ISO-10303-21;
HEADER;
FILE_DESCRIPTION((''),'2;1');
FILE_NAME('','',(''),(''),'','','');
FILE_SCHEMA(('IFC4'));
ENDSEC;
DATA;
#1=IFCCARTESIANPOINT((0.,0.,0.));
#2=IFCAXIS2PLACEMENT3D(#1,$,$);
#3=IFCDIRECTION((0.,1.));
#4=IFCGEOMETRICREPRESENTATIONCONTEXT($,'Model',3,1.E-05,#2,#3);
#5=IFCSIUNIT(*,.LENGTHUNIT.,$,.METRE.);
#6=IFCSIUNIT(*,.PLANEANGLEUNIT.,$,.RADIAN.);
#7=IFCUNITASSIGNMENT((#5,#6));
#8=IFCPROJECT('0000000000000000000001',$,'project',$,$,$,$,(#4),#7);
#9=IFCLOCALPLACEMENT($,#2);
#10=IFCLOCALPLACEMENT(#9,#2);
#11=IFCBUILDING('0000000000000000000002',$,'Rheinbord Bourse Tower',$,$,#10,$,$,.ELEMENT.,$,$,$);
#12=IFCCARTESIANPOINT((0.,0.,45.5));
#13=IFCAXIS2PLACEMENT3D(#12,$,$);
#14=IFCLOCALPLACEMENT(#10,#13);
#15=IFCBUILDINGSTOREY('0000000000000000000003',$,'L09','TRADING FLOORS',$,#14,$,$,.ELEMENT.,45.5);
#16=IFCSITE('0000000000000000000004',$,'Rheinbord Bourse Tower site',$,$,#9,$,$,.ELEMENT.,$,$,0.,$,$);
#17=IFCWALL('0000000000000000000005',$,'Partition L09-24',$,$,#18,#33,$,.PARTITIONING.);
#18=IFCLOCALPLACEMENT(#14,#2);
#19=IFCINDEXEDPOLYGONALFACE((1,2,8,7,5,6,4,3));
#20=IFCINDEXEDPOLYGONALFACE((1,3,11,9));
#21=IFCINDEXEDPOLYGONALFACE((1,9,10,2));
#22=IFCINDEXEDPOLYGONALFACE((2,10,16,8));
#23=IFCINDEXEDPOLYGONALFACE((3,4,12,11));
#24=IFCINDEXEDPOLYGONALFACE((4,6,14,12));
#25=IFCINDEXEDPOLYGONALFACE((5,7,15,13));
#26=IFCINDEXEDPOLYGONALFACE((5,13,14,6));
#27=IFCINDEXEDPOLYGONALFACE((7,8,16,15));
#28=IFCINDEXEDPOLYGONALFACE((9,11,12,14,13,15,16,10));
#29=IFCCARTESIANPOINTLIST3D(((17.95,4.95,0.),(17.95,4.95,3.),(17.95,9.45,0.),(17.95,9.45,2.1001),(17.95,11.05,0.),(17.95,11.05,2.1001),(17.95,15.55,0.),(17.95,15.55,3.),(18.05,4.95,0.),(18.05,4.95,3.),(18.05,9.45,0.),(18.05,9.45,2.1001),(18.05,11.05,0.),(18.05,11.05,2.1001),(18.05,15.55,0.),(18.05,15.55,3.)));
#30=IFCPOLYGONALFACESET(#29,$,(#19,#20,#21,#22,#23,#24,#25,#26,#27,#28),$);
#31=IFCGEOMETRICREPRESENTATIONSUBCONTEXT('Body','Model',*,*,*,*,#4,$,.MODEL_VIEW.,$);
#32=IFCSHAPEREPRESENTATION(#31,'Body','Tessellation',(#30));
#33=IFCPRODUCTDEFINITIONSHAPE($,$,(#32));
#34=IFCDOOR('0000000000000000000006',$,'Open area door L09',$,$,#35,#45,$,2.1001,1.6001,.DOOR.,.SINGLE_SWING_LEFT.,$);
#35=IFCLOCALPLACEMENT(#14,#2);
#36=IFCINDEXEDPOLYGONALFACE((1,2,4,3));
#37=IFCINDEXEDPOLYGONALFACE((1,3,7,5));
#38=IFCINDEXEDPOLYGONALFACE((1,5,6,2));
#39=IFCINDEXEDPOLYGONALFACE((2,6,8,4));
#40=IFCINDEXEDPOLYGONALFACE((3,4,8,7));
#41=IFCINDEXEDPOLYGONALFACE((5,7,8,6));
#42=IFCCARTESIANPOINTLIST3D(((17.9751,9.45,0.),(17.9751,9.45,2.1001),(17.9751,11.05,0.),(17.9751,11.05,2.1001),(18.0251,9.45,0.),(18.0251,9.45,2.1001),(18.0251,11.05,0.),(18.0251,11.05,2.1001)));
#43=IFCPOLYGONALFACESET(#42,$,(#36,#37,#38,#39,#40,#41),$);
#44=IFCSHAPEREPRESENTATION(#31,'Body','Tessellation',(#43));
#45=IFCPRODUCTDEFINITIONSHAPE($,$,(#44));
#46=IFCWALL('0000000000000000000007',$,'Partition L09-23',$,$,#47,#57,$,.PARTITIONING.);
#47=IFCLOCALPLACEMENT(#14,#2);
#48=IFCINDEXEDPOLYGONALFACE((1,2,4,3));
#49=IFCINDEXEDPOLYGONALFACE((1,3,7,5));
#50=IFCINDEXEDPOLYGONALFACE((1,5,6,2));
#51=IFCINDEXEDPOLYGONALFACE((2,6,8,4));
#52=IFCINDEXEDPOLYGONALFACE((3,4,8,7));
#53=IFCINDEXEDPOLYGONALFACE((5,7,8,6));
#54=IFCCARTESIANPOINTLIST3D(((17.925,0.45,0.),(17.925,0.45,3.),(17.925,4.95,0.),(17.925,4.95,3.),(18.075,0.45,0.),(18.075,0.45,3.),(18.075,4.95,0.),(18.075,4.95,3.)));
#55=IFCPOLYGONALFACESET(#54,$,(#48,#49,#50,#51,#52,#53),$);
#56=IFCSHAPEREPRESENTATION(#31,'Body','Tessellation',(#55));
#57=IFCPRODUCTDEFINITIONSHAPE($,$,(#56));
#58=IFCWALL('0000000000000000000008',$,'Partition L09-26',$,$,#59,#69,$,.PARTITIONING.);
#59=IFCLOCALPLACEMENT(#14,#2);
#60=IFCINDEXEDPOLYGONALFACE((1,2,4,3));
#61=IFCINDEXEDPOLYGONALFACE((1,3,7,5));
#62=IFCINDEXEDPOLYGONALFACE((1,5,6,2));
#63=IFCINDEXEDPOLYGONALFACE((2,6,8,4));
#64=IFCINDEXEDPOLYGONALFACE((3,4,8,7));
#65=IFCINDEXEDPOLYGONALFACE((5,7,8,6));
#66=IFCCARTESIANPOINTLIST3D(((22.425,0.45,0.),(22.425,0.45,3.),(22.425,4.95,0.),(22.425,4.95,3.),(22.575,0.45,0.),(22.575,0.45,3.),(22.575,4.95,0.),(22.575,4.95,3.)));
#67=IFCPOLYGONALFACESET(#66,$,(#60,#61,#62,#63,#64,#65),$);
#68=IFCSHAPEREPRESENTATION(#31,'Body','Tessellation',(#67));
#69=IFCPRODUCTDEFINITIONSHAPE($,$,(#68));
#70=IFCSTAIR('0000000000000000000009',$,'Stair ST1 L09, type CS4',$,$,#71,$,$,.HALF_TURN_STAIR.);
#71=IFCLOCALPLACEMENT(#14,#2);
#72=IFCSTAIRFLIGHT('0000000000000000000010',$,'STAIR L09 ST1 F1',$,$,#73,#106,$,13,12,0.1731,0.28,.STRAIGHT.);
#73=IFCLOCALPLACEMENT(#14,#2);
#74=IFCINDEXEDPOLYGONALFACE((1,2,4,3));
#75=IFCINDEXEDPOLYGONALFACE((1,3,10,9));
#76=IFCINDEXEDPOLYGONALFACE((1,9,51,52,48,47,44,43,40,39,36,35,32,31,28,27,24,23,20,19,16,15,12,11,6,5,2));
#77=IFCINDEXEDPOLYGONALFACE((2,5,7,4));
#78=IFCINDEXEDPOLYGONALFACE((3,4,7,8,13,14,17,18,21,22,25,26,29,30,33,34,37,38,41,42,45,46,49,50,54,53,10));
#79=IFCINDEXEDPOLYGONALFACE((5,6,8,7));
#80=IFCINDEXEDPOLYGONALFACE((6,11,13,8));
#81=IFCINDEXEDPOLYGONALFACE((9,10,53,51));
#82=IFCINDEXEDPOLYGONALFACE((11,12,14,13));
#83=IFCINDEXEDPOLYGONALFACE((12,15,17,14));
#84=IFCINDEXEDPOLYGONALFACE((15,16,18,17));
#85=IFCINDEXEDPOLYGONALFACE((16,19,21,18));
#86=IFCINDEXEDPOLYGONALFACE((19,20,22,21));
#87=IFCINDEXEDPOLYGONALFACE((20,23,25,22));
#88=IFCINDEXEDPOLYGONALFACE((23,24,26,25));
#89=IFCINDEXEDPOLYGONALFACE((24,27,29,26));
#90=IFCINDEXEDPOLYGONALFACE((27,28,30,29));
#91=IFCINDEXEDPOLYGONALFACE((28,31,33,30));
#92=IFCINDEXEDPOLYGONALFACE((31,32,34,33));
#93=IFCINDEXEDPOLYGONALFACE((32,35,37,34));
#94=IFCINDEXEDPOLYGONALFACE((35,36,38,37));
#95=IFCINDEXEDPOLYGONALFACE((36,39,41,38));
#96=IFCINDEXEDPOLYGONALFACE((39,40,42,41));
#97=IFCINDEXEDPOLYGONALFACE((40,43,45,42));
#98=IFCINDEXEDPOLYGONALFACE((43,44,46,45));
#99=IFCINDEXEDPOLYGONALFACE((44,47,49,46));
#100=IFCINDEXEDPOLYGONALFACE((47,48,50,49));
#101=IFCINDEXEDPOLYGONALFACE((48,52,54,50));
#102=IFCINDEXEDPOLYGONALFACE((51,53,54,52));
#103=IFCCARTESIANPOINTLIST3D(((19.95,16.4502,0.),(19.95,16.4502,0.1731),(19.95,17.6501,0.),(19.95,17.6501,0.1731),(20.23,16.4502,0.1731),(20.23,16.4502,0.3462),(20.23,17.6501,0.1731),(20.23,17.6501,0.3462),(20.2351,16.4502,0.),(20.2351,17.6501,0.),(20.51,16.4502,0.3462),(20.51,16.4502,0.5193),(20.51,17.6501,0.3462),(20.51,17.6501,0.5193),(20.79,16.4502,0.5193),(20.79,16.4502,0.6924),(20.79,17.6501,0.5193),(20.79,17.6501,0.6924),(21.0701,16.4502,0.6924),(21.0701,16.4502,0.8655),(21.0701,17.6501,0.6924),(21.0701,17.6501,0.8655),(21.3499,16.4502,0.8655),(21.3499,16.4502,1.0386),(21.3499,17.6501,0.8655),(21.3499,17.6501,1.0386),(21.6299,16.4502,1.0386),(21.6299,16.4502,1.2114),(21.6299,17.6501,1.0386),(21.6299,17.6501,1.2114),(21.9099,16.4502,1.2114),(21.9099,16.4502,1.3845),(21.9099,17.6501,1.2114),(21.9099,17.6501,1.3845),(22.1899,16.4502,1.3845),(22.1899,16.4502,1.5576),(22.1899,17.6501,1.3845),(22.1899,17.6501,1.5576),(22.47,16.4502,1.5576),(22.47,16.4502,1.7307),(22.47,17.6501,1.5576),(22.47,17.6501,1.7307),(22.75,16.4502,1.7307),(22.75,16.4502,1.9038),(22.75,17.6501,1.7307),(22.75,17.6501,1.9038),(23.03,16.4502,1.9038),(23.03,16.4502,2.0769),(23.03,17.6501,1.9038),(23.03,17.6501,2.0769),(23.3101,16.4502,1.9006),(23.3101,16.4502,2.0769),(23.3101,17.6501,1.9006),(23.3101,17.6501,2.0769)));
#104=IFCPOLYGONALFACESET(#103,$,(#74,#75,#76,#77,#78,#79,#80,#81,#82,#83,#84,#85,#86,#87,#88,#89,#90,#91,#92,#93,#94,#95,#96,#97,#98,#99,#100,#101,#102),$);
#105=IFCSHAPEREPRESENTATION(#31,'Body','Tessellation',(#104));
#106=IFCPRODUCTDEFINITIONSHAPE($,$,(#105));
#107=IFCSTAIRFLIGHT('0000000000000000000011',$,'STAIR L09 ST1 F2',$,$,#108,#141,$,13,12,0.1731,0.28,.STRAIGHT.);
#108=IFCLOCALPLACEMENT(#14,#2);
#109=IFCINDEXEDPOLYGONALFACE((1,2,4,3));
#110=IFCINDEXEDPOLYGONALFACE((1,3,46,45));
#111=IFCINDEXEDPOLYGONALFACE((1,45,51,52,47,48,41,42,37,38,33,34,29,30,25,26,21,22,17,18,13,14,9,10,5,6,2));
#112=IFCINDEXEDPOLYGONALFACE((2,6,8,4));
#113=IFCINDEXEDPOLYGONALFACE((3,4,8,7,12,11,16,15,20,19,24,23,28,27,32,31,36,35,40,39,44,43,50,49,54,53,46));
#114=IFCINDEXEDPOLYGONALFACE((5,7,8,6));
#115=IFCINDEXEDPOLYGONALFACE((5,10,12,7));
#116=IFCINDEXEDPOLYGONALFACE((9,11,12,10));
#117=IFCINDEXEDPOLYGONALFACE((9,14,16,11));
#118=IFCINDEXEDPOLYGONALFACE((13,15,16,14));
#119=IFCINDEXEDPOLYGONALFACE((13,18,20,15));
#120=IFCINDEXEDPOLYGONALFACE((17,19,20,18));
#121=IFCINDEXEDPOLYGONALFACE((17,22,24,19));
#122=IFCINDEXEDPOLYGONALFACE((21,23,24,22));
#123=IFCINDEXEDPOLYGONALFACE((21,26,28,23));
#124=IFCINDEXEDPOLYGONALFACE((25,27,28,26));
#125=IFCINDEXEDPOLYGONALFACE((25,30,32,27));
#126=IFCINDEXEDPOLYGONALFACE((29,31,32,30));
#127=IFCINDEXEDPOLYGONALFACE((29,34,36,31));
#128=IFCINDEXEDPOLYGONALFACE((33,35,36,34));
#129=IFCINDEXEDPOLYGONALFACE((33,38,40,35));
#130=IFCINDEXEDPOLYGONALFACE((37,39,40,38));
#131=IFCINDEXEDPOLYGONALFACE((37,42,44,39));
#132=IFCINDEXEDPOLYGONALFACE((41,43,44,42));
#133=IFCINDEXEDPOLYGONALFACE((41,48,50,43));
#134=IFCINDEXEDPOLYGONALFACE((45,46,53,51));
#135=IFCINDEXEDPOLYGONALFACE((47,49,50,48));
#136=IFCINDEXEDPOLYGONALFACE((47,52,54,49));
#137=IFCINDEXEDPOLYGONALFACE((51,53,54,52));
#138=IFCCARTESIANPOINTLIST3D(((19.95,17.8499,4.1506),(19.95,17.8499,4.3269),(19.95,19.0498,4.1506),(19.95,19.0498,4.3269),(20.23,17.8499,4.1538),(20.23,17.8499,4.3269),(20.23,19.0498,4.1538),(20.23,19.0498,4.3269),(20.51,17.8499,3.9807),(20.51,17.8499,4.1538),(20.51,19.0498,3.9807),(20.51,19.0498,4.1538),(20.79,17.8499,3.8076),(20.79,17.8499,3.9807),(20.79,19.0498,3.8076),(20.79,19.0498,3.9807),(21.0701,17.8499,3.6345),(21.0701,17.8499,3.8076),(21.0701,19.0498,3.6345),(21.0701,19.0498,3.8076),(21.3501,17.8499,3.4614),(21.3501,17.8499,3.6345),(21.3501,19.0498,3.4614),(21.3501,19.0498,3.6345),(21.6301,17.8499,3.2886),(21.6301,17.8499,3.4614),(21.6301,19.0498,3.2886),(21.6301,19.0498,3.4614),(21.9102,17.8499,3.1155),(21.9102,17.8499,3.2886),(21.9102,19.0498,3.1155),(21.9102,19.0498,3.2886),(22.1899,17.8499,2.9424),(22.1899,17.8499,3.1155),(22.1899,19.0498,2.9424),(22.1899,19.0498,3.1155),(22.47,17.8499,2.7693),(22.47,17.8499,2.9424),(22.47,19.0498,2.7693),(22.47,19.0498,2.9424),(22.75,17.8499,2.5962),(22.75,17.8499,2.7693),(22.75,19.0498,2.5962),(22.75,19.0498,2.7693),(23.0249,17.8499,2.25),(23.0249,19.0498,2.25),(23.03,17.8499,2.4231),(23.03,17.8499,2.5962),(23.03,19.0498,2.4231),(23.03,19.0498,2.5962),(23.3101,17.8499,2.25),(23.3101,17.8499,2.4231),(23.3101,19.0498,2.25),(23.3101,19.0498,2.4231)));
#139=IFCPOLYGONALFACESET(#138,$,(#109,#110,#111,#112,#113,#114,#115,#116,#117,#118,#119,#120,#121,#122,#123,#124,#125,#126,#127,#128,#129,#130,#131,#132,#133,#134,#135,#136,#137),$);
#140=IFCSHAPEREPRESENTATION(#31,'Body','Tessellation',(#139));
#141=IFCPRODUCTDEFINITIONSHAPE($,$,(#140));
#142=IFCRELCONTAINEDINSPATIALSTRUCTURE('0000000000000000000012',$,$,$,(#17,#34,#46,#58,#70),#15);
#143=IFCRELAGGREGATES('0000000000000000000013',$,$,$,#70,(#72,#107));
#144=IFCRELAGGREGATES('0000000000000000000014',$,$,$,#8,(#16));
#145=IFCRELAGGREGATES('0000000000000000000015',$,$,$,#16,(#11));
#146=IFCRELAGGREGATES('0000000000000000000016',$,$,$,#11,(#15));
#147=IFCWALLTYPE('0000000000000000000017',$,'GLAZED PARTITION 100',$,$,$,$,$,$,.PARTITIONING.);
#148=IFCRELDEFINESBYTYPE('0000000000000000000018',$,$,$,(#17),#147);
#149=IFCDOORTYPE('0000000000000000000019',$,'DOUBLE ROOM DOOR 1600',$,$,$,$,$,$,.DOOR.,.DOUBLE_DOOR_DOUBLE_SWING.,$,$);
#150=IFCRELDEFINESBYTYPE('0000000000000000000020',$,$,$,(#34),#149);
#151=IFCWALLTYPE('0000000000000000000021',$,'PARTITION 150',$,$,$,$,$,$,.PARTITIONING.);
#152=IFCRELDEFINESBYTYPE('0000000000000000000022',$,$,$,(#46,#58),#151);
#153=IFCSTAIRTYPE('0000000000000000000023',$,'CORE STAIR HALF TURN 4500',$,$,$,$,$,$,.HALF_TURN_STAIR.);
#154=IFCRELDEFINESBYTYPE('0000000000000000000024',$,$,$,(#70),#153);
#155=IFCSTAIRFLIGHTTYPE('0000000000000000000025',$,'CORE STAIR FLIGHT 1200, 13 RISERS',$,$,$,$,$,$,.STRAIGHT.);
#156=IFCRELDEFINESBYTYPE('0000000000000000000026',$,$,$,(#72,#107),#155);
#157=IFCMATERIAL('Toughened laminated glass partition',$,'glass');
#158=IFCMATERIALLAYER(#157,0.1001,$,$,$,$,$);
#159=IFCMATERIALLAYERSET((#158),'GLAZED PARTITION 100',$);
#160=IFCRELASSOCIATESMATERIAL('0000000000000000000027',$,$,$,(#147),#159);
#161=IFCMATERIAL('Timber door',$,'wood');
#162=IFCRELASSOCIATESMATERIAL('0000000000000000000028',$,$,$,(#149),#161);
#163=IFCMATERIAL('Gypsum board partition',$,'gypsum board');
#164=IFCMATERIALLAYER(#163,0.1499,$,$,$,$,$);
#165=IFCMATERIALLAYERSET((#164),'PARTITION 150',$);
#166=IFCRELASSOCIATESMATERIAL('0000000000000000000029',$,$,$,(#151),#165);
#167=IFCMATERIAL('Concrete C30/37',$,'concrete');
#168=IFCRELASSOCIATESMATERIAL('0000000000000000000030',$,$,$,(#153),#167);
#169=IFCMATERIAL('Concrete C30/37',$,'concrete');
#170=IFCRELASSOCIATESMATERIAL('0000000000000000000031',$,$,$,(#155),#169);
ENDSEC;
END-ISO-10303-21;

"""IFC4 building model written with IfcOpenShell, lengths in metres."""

from ifc_helpers import new_model, si_unit, direction, frame, frame_2d, origin, place, context, subcontext, project, spatial, polyline, rectangle, outline, extrude, material, layer, layer_set, type_object, element, fill, aggregate, save


model = new_model("IFC4")

# Units and contexts
model_context = context("Model", 3, precision=1e-05, world=origin(), true_north=direction((0.0, 1.0)))
body_context = subcontext(model_context, "Body", "Model", "MODEL_VIEW")
ifc_project = project(units=[si_unit("LENGTHUNIT", "METRE"), si_unit("PLANEANGLEUNIT", "RADIAN")], contexts=[model_context])

# Site, building, storey
site_placement = place(None, origin())
site = spatial("IfcSite", under=ifc_project, at=site_placement, Name="Rheinbord Bourse Tower site", CompositionType="ELEMENT", RefElevation=0.0)
building_placement = place(site_placement, origin())
building = spatial("IfcBuilding", under=site, at=building_placement, Name="Rheinbord Bourse Tower", CompositionType="ELEMENT")
storey_placement = place(building_placement, frame((0.0, 0.0, 45.5)))
storey = spatial("IfcBuildingStorey", under=building, at=storey_placement, Name="L09", Description="TRADING FLOORS", CompositionType="ELEMENT", Elevation=45.5)

# Wall, opening, door
ifc_material_1 = material(Name="Toughened laminated glass partition", Category="glass")
ifc_layer_1 = layer(ifc_material_1, 0.1001)
ifc_layer_set_1 = layer_set([ifc_layer_1], Name="GLAZED PARTITION 100")
wall_type_1 = type_object("IfcWallType", Name="GLAZED PARTITION 100", PredefinedType="PARTITIONING", material=ifc_layer_set_1)
wall_1_placement = place(storey_placement, frame((18.0, 4.95, 0.0), z_axis=(0.0, 0.0, 1.0), x_axis=(0.0, 1.0, 0.0)))
wall_1 = element("IfcWall", 1, at=wall_1_placement, inside=storey, type_object=wall_type_1, Name="Partition L09-24", PredefinedType="PARTITIONING", context=body_context, shape_type="SweptSolid", body=[
    extrude(rectangle(XDim=10.6001, YDim=0.1001, at=frame_2d((5.3, 0.0))), origin(), (0.0, 0.0, 1.0), 3.0),
])
opening_1_placement = place(wall_1_placement, frame((4.5, 0.0, 0.0)))
opening_1 = element("IfcOpeningElement", 2, at=opening_1_placement, cuts=wall_1, PredefinedType="OPENING", context=body_context, shape_type="SweptSolid", body=[
    extrude(rectangle(XDim=1.6001, YDim=2.1001, at=frame_2d((0.8, 1.05))), frame((0.0, 0.0601, 0.0), z_axis=(0.0, -1.0, 0.0), x_axis=(1.0, 0.0, 0.0)), (0.0, 0.0, 1.0), 0.1201),
])
ifc_material_2 = material(Name="Timber door", Category="wood")
door_type_1 = type_object("IfcDoorType", Name="DOUBLE ROOM DOOR 1600", OperationType="DOUBLE_DOOR_DOUBLE_SWING", PredefinedType="DOOR", material=ifc_material_2)
door_1_placement = place(opening_1_placement, origin())
door_1 = element("IfcDoor", 3, at=door_1_placement, inside=storey, type_object=door_type_1, Name="Open area door L09", OperationType="SINGLE_SWING_LEFT", OverallHeight=2.1001, OverallWidth=1.6001, PredefinedType="DOOR", context=body_context, shape_type="SweptSolid", body=[
    extrude(rectangle(XDim=1.6001, YDim=2.1001, at=frame_2d((0.8, 1.05))), frame((0.0, 0.0249, 0.0), z_axis=(0.0, -1.0, 0.0), x_axis=(1.0, 0.0, 0.0)), (0.0, 0.0, 1.0), 0.05),
])
fill(opening_1, door_1)

# Walls
ifc_material_3 = material(Name="Gypsum board partition", Category="gypsum board")
ifc_layer_2 = layer(ifc_material_3, 0.1499)
ifc_layer_set_2 = layer_set([ifc_layer_2], Name="PARTITION 150")
wall_type_2 = type_object("IfcWallType", Name="PARTITION 150", PredefinedType="PARTITIONING", material=ifc_layer_set_2)
for number, where, z_axis, x_axis, name in (
    (4, (18.0, 0.45, 0.0), (0.0, 0.0, 1.0), (0.0, 1.0, 0.0), "Partition L09-23"),
    (5, (22.5, 0.45, 0.0), (0.0, 0.0, 1.0), (0.0, 1.0, 0.0), "Partition L09-26"),
):
    element("IfcWall", number, at=place(storey_placement, frame(where, z_axis=z_axis, x_axis=x_axis)), inside=storey, type_object=wall_type_2, Name=name, PredefinedType="PARTITIONING", context=body_context, shape_type="SweptSolid", body=[
        extrude(rectangle(XDim=4.5, YDim=0.1499, at=frame_2d((2.25, 0.0))), origin(), (0.0, 0.0, 1.0), 3.0),
    ])

# Stair, stair flights
ifc_material_4 = material(Name="Concrete C30/37", Category="concrete")
stair_type = type_object("IfcStairType", Name="CORE STAIR HALF TURN 4500", PredefinedType="HALF_TURN_STAIR", material=ifc_material_4)
stair_placement = place(storey_placement, origin())
stair = element("IfcStair", 6, at=stair_placement, inside=storey, type_object=stair_type, Name="Stair ST1 L09, type CS4", PredefinedType="HALF_TURN_STAIR")
ifc_material_5 = material(Name="Concrete C30/37", Category="concrete")
stair_flight_type = type_object("IfcStairFlightType", Name="CORE STAIR FLIGHT 1200, 13 RISERS", PredefinedType="STRAIGHT", material=ifc_material_5)
stair_flight_1_placement = place(storey_placement, frame((19.95, 17.05, 0.0), z_axis=(0.0, 0.0, 1.0), x_axis=(1.0, 0.0, 0.0)))
stair_flight_1 = element("IfcStairFlight", 7, at=stair_flight_1_placement, type_object=stair_flight_type, Name="STAIR L09 ST1 F1", NumberOfRisers=13, NumberOfTreads=12, PredefinedType="STRAIGHT", RiserHeight=0.1731, TreadLength=0.28, context=body_context, shape_type="SweptSolid", body=[
    extrude(outline(polyline([(0.0, 0.0), (0.0, 0.1731), (0.28, 0.1731), (0.28, 0.3462), (0.5601, 0.3462), (0.5601, 0.5193), (0.8401, 0.5193), (0.8401, 0.6924), (1.1201, 0.6924), (1.1201, 0.8655), (1.3999, 0.8655), (1.3999, 1.0386), (1.6799, 1.0386), (1.6799, 1.2114), (1.96, 1.2114), (1.96, 1.3845), (2.24, 1.3845), (2.24, 1.5576), (2.52, 1.5576), (2.52, 1.7307), (2.8, 1.7307), (2.8, 1.9038), (3.0801, 1.9038), (3.0801, 2.0769), (3.3601, 2.0769), (3.3601, 2.25), (3.3601, 1.9006), (0.2852, 0.0), (0.0, 0.0)])), frame((0.0, 0.6001, 0.0), z_axis=(0.0, -1.0, 0.0), x_axis=(1.0, 0.0, 0.0)), (0.0, 0.0, 1.0), 1.2),
])
stair_flight_2_placement = place(storey_placement, frame((23.3101, 18.45, 2.25), z_axis=(0.0, 0.0, 1.0), x_axis=(-1.0, 0.0, 0.0)))
stair_flight_2 = element("IfcStairFlight", 8, at=stair_flight_2_placement, type_object=stair_flight_type, Name="STAIR L09 ST1 F2", NumberOfRisers=13, NumberOfTreads=12, PredefinedType="STRAIGHT", RiserHeight=0.1731, TreadLength=0.28, context=body_context, shape_type="SweptSolid", body=[
    extrude(outline(polyline([(0.0, 0.0), (0.0, 0.1731), (0.28, 0.1731), (0.28, 0.3462), (0.5601, 0.3462), (0.5601, 0.5193), (0.8401, 0.5193), (0.8401, 0.6924), (1.1201, 0.6924), (1.1201, 0.8655), (1.3999, 0.8655), (1.3999, 1.0386), (1.6799, 1.0386), (1.6799, 1.2114), (1.96, 1.2114), (1.96, 1.3845), (2.24, 1.3845), (2.24, 1.5576), (2.52, 1.5576), (2.52, 1.7307), (2.8, 1.7307), (2.8, 1.9038), (3.0801, 1.9038), (3.0801, 2.0769), (3.3601, 2.0769), (3.3601, 2.25), (3.3601, 1.9006), (0.2852, 0.0), (0.0, 0.0)])), frame((0.0, 0.6001, 0.0), z_axis=(0.0, -1.0, 0.0), x_axis=(1.0, 0.0, 0.0)), (0.0, 0.0, 1.0), 1.2),
])
aggregate(stair, [stair_flight_1, stair_flight_2])

save(model, "model.ifc")
